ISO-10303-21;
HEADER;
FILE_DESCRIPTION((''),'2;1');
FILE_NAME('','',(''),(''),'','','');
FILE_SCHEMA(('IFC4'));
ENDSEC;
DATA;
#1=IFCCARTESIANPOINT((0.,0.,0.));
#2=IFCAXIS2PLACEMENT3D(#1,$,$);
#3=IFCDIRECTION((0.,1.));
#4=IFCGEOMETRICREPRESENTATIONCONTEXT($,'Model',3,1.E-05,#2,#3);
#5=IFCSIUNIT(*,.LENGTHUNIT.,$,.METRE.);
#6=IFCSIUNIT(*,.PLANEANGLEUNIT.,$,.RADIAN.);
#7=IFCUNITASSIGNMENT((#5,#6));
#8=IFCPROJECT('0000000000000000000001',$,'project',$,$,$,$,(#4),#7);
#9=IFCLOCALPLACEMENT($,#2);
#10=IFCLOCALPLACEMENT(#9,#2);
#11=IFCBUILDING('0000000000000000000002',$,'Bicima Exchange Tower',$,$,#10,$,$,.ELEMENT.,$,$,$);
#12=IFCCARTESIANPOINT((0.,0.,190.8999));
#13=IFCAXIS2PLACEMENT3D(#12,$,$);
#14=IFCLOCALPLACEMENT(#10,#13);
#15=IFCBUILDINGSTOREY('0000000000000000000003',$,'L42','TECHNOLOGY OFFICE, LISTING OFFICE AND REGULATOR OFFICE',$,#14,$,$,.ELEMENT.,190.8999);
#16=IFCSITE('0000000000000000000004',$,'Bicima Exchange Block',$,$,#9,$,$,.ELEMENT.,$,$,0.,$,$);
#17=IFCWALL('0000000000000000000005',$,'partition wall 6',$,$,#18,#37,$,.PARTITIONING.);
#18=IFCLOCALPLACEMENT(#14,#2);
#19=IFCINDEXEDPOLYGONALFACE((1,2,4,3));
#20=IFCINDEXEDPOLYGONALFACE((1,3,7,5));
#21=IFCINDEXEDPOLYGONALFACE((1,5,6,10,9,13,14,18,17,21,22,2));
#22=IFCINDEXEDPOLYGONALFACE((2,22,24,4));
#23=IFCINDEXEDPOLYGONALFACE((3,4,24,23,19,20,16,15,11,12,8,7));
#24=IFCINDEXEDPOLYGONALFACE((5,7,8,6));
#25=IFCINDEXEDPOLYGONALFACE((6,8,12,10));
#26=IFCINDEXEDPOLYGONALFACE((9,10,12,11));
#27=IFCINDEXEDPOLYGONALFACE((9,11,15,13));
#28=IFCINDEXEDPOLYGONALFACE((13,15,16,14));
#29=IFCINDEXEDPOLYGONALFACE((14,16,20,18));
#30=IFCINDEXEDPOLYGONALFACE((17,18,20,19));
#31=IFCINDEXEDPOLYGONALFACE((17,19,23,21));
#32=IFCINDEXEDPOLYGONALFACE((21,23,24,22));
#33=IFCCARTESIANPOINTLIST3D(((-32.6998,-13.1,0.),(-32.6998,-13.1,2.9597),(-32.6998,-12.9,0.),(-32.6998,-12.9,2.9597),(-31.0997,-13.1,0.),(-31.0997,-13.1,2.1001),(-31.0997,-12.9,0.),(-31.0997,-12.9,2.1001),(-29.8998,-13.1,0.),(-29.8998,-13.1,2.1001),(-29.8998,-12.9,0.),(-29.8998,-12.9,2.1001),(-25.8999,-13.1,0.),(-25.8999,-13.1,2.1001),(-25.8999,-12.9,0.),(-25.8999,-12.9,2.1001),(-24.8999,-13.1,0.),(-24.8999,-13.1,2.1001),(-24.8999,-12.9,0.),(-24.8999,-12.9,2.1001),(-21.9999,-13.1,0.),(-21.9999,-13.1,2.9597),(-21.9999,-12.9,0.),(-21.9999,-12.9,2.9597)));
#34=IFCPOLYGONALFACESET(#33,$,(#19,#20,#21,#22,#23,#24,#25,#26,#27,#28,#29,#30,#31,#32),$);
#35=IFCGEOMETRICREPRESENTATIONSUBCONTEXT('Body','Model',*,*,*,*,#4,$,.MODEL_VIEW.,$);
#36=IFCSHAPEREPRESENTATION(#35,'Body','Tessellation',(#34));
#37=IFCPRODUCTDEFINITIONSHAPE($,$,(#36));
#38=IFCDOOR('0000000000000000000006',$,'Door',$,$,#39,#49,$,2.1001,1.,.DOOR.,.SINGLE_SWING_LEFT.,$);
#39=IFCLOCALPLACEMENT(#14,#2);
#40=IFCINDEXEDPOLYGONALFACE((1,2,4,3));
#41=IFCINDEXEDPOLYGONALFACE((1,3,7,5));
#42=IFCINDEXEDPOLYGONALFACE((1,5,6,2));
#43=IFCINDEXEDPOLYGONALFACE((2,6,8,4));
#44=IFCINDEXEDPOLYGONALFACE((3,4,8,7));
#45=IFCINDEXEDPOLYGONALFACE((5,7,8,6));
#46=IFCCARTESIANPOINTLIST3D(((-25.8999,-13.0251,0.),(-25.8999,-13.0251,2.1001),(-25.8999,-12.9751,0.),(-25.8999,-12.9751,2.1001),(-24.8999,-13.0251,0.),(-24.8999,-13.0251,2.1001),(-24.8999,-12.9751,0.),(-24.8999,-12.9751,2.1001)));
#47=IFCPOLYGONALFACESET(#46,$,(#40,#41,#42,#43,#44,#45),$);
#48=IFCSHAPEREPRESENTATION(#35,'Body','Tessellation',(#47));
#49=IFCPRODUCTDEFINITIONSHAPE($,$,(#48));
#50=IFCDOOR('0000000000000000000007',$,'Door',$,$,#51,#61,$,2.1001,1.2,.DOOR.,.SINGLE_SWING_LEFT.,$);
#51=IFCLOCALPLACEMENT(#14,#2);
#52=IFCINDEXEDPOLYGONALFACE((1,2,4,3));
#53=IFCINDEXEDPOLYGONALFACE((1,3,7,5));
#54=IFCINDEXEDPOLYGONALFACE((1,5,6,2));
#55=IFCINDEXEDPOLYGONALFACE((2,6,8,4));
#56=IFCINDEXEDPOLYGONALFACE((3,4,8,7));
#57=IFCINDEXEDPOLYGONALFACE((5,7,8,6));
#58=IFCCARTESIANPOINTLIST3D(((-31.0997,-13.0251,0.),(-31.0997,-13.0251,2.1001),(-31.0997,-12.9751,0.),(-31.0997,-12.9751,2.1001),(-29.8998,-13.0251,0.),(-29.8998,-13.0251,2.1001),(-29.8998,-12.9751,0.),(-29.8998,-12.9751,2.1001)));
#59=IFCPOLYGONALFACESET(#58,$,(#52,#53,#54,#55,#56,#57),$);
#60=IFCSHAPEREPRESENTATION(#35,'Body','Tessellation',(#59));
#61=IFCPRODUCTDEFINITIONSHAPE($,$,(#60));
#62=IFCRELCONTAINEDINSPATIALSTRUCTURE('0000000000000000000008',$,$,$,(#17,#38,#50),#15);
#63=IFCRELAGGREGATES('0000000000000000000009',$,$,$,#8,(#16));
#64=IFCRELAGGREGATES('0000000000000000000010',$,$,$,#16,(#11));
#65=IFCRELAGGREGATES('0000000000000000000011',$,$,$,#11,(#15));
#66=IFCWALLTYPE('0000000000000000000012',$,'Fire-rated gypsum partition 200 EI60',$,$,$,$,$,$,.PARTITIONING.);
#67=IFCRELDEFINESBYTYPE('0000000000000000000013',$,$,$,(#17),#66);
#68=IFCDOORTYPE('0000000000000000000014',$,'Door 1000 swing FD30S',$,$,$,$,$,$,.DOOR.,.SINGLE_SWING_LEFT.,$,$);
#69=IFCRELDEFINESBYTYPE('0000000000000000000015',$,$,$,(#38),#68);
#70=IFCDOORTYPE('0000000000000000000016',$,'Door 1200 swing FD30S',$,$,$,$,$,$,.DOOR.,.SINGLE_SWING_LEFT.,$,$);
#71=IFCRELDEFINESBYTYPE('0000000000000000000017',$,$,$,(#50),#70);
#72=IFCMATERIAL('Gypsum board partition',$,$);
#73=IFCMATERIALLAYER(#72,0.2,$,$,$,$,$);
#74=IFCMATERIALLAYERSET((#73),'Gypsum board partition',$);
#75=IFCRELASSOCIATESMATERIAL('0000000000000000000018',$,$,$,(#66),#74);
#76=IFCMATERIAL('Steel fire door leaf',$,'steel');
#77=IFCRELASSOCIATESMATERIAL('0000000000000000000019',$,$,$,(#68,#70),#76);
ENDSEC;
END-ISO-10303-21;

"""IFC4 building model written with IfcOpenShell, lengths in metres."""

from ifc_helpers import new_model, si_unit, direction, frame, frame_2d, origin, place, context, subcontext, project, spatial, rectangle, extrude, material, layer, layer_set, type_object, element, fill, save


model = new_model("IFC4")

# Units and contexts
model_context = context("Model", 3, precision=1e-05, world=origin(), true_north=direction((0.0, 1.0)))
body_context = subcontext(model_context, "Body", "Model", "MODEL_VIEW")
ifc_project = project(units=[si_unit("LENGTHUNIT", "METRE"), si_unit("PLANEANGLEUNIT", "RADIAN")], contexts=[model_context])

# Site, building, storey
site_placement = place(None, origin())
site = spatial("IfcSite", under=ifc_project, at=site_placement, Name="Bicima Exchange Block", CompositionType="ELEMENT", RefElevation=0.0)
building_placement = place(site_placement, origin())
building = spatial("IfcBuilding", under=site, at=building_placement, Name="Bicima Exchange Tower", CompositionType="ELEMENT")
storey_placement = place(building_placement, frame((0.0, 0.0, 190.8999)))
storey = spatial("IfcBuildingStorey", under=building, at=storey_placement, Name="L42", Description="TECHNOLOGY OFFICE, LISTING OFFICE AND REGULATOR OFFICE", CompositionType="ELEMENT", Elevation=190.8999)

# Wall, openings, doors
ifc_material_1 = material(Name="Gypsum board partition")
ifc_layer_1 = layer(ifc_material_1, 0.2)
ifc_layer_set_1 = layer_set([ifc_layer_1], Name="Gypsum board partition")
wall_type_1 = type_object("IfcWallType", Name="Fire-rated gypsum partition 200 EI60", PredefinedType="PARTITIONING", material=ifc_layer_set_1)
wall_1_placement = place(storey_placement, frame((-32.7, -13.0, 0.0), z_axis=(0.0, 0.0, 1.0), x_axis=(1.0, 0.0, 0.0)))
wall_1 = element("IfcWall", 1, at=wall_1_placement, inside=storey, type_object=wall_type_1, Name="partition wall 6", PredefinedType="PARTITIONING", context=body_context, shape_type="SweptSolid", body=[
    extrude(rectangle(XDim=10.7, YDim=0.2, at=frame_2d((5.3501, 0.0))), origin(), (0.0, 0.0, 1.0), 2.9597),
])
opening_1_placement = place(wall_1_placement, frame((1.6001, 0.0, 0.0)))
opening_1 = element("IfcOpeningElement", 2, at=opening_1_placement, cuts=wall_1, PredefinedType="OPENING", context=body_context, shape_type="SweptSolid", body=[
    extrude(rectangle(XDim=1.2, YDim=2.1001, at=frame_2d((0.6001, 1.05))), frame((0.0, 0.1118, 0.0), z_axis=(0.0, -1.0, 0.0), x_axis=(1.0, 0.0, 0.0)), (0.0, 0.0, 1.0), 0.2239),
])
opening_2_placement = place(wall_1_placement, frame((6.8, 0.0, 0.0)))
opening_2 = element("IfcOpeningElement", 3, at=opening_2_placement, cuts=wall_1, PredefinedType="OPENING", context=body_context, shape_type="SweptSolid", body=[
    extrude(rectangle(XDim=1.0, YDim=2.1001, at=frame_2d((0.5, 1.05))), frame((0.0, 0.1118, 0.0), z_axis=(0.0, -1.0, 0.0), x_axis=(1.0, 0.0, 0.0)), (0.0, 0.0, 1.0), 0.2239),
])
ifc_material_2 = material(Name="Steel fire door leaf", Category="steel")
door_type_1 = type_object("IfcDoorType", Name="Door 1000 swing FD30S", OperationType="SINGLE_SWING_LEFT", PredefinedType="DOOR", material=ifc_material_2)
door_1_placement = place(opening_2_placement, origin())
door_1 = element("IfcDoor", 4, at=door_1_placement, inside=storey, type_object=door_type_1, Name="Door", OperationType="SINGLE_SWING_LEFT", OverallHeight=2.1001, OverallWidth=1.0, PredefinedType="DOOR", context=body_context, shape_type="SweptSolid", body=[
    extrude(rectangle(XDim=1.0, YDim=2.1001, at=frame_2d((0.5, 1.05))), frame((0.0, 0.0249, 0.0), z_axis=(0.0, -1.0, 0.0), x_axis=(1.0, 0.0, 0.0)), (0.0, 0.0, 1.0), 0.05),
])
fill(opening_2, door_1)
door_type_2 = type_object("IfcDoorType", Name="Door 1200 swing FD30S", OperationType="SINGLE_SWING_LEFT", PredefinedType="DOOR", material=ifc_material_2)
door_2_placement = place(opening_1_placement, origin())
door_2 = element("IfcDoor", 5, at=door_2_placement, inside=storey, type_object=door_type_2, Name="Door", OperationType="SINGLE_SWING_LEFT", OverallHeight=2.1001, OverallWidth=1.2, PredefinedType="DOOR", context=body_context, shape_type="SweptSolid", body=[
    extrude(rectangle(XDim=1.2, YDim=2.1001, at=frame_2d((0.6001, 1.05))), frame((0.0, 0.0249, 0.0), z_axis=(0.0, -1.0, 0.0), x_axis=(1.0, 0.0, 0.0)), (0.0, 0.0, 1.0), 0.05),
])
fill(opening_1, door_2)

save(model, "model.ifc")
